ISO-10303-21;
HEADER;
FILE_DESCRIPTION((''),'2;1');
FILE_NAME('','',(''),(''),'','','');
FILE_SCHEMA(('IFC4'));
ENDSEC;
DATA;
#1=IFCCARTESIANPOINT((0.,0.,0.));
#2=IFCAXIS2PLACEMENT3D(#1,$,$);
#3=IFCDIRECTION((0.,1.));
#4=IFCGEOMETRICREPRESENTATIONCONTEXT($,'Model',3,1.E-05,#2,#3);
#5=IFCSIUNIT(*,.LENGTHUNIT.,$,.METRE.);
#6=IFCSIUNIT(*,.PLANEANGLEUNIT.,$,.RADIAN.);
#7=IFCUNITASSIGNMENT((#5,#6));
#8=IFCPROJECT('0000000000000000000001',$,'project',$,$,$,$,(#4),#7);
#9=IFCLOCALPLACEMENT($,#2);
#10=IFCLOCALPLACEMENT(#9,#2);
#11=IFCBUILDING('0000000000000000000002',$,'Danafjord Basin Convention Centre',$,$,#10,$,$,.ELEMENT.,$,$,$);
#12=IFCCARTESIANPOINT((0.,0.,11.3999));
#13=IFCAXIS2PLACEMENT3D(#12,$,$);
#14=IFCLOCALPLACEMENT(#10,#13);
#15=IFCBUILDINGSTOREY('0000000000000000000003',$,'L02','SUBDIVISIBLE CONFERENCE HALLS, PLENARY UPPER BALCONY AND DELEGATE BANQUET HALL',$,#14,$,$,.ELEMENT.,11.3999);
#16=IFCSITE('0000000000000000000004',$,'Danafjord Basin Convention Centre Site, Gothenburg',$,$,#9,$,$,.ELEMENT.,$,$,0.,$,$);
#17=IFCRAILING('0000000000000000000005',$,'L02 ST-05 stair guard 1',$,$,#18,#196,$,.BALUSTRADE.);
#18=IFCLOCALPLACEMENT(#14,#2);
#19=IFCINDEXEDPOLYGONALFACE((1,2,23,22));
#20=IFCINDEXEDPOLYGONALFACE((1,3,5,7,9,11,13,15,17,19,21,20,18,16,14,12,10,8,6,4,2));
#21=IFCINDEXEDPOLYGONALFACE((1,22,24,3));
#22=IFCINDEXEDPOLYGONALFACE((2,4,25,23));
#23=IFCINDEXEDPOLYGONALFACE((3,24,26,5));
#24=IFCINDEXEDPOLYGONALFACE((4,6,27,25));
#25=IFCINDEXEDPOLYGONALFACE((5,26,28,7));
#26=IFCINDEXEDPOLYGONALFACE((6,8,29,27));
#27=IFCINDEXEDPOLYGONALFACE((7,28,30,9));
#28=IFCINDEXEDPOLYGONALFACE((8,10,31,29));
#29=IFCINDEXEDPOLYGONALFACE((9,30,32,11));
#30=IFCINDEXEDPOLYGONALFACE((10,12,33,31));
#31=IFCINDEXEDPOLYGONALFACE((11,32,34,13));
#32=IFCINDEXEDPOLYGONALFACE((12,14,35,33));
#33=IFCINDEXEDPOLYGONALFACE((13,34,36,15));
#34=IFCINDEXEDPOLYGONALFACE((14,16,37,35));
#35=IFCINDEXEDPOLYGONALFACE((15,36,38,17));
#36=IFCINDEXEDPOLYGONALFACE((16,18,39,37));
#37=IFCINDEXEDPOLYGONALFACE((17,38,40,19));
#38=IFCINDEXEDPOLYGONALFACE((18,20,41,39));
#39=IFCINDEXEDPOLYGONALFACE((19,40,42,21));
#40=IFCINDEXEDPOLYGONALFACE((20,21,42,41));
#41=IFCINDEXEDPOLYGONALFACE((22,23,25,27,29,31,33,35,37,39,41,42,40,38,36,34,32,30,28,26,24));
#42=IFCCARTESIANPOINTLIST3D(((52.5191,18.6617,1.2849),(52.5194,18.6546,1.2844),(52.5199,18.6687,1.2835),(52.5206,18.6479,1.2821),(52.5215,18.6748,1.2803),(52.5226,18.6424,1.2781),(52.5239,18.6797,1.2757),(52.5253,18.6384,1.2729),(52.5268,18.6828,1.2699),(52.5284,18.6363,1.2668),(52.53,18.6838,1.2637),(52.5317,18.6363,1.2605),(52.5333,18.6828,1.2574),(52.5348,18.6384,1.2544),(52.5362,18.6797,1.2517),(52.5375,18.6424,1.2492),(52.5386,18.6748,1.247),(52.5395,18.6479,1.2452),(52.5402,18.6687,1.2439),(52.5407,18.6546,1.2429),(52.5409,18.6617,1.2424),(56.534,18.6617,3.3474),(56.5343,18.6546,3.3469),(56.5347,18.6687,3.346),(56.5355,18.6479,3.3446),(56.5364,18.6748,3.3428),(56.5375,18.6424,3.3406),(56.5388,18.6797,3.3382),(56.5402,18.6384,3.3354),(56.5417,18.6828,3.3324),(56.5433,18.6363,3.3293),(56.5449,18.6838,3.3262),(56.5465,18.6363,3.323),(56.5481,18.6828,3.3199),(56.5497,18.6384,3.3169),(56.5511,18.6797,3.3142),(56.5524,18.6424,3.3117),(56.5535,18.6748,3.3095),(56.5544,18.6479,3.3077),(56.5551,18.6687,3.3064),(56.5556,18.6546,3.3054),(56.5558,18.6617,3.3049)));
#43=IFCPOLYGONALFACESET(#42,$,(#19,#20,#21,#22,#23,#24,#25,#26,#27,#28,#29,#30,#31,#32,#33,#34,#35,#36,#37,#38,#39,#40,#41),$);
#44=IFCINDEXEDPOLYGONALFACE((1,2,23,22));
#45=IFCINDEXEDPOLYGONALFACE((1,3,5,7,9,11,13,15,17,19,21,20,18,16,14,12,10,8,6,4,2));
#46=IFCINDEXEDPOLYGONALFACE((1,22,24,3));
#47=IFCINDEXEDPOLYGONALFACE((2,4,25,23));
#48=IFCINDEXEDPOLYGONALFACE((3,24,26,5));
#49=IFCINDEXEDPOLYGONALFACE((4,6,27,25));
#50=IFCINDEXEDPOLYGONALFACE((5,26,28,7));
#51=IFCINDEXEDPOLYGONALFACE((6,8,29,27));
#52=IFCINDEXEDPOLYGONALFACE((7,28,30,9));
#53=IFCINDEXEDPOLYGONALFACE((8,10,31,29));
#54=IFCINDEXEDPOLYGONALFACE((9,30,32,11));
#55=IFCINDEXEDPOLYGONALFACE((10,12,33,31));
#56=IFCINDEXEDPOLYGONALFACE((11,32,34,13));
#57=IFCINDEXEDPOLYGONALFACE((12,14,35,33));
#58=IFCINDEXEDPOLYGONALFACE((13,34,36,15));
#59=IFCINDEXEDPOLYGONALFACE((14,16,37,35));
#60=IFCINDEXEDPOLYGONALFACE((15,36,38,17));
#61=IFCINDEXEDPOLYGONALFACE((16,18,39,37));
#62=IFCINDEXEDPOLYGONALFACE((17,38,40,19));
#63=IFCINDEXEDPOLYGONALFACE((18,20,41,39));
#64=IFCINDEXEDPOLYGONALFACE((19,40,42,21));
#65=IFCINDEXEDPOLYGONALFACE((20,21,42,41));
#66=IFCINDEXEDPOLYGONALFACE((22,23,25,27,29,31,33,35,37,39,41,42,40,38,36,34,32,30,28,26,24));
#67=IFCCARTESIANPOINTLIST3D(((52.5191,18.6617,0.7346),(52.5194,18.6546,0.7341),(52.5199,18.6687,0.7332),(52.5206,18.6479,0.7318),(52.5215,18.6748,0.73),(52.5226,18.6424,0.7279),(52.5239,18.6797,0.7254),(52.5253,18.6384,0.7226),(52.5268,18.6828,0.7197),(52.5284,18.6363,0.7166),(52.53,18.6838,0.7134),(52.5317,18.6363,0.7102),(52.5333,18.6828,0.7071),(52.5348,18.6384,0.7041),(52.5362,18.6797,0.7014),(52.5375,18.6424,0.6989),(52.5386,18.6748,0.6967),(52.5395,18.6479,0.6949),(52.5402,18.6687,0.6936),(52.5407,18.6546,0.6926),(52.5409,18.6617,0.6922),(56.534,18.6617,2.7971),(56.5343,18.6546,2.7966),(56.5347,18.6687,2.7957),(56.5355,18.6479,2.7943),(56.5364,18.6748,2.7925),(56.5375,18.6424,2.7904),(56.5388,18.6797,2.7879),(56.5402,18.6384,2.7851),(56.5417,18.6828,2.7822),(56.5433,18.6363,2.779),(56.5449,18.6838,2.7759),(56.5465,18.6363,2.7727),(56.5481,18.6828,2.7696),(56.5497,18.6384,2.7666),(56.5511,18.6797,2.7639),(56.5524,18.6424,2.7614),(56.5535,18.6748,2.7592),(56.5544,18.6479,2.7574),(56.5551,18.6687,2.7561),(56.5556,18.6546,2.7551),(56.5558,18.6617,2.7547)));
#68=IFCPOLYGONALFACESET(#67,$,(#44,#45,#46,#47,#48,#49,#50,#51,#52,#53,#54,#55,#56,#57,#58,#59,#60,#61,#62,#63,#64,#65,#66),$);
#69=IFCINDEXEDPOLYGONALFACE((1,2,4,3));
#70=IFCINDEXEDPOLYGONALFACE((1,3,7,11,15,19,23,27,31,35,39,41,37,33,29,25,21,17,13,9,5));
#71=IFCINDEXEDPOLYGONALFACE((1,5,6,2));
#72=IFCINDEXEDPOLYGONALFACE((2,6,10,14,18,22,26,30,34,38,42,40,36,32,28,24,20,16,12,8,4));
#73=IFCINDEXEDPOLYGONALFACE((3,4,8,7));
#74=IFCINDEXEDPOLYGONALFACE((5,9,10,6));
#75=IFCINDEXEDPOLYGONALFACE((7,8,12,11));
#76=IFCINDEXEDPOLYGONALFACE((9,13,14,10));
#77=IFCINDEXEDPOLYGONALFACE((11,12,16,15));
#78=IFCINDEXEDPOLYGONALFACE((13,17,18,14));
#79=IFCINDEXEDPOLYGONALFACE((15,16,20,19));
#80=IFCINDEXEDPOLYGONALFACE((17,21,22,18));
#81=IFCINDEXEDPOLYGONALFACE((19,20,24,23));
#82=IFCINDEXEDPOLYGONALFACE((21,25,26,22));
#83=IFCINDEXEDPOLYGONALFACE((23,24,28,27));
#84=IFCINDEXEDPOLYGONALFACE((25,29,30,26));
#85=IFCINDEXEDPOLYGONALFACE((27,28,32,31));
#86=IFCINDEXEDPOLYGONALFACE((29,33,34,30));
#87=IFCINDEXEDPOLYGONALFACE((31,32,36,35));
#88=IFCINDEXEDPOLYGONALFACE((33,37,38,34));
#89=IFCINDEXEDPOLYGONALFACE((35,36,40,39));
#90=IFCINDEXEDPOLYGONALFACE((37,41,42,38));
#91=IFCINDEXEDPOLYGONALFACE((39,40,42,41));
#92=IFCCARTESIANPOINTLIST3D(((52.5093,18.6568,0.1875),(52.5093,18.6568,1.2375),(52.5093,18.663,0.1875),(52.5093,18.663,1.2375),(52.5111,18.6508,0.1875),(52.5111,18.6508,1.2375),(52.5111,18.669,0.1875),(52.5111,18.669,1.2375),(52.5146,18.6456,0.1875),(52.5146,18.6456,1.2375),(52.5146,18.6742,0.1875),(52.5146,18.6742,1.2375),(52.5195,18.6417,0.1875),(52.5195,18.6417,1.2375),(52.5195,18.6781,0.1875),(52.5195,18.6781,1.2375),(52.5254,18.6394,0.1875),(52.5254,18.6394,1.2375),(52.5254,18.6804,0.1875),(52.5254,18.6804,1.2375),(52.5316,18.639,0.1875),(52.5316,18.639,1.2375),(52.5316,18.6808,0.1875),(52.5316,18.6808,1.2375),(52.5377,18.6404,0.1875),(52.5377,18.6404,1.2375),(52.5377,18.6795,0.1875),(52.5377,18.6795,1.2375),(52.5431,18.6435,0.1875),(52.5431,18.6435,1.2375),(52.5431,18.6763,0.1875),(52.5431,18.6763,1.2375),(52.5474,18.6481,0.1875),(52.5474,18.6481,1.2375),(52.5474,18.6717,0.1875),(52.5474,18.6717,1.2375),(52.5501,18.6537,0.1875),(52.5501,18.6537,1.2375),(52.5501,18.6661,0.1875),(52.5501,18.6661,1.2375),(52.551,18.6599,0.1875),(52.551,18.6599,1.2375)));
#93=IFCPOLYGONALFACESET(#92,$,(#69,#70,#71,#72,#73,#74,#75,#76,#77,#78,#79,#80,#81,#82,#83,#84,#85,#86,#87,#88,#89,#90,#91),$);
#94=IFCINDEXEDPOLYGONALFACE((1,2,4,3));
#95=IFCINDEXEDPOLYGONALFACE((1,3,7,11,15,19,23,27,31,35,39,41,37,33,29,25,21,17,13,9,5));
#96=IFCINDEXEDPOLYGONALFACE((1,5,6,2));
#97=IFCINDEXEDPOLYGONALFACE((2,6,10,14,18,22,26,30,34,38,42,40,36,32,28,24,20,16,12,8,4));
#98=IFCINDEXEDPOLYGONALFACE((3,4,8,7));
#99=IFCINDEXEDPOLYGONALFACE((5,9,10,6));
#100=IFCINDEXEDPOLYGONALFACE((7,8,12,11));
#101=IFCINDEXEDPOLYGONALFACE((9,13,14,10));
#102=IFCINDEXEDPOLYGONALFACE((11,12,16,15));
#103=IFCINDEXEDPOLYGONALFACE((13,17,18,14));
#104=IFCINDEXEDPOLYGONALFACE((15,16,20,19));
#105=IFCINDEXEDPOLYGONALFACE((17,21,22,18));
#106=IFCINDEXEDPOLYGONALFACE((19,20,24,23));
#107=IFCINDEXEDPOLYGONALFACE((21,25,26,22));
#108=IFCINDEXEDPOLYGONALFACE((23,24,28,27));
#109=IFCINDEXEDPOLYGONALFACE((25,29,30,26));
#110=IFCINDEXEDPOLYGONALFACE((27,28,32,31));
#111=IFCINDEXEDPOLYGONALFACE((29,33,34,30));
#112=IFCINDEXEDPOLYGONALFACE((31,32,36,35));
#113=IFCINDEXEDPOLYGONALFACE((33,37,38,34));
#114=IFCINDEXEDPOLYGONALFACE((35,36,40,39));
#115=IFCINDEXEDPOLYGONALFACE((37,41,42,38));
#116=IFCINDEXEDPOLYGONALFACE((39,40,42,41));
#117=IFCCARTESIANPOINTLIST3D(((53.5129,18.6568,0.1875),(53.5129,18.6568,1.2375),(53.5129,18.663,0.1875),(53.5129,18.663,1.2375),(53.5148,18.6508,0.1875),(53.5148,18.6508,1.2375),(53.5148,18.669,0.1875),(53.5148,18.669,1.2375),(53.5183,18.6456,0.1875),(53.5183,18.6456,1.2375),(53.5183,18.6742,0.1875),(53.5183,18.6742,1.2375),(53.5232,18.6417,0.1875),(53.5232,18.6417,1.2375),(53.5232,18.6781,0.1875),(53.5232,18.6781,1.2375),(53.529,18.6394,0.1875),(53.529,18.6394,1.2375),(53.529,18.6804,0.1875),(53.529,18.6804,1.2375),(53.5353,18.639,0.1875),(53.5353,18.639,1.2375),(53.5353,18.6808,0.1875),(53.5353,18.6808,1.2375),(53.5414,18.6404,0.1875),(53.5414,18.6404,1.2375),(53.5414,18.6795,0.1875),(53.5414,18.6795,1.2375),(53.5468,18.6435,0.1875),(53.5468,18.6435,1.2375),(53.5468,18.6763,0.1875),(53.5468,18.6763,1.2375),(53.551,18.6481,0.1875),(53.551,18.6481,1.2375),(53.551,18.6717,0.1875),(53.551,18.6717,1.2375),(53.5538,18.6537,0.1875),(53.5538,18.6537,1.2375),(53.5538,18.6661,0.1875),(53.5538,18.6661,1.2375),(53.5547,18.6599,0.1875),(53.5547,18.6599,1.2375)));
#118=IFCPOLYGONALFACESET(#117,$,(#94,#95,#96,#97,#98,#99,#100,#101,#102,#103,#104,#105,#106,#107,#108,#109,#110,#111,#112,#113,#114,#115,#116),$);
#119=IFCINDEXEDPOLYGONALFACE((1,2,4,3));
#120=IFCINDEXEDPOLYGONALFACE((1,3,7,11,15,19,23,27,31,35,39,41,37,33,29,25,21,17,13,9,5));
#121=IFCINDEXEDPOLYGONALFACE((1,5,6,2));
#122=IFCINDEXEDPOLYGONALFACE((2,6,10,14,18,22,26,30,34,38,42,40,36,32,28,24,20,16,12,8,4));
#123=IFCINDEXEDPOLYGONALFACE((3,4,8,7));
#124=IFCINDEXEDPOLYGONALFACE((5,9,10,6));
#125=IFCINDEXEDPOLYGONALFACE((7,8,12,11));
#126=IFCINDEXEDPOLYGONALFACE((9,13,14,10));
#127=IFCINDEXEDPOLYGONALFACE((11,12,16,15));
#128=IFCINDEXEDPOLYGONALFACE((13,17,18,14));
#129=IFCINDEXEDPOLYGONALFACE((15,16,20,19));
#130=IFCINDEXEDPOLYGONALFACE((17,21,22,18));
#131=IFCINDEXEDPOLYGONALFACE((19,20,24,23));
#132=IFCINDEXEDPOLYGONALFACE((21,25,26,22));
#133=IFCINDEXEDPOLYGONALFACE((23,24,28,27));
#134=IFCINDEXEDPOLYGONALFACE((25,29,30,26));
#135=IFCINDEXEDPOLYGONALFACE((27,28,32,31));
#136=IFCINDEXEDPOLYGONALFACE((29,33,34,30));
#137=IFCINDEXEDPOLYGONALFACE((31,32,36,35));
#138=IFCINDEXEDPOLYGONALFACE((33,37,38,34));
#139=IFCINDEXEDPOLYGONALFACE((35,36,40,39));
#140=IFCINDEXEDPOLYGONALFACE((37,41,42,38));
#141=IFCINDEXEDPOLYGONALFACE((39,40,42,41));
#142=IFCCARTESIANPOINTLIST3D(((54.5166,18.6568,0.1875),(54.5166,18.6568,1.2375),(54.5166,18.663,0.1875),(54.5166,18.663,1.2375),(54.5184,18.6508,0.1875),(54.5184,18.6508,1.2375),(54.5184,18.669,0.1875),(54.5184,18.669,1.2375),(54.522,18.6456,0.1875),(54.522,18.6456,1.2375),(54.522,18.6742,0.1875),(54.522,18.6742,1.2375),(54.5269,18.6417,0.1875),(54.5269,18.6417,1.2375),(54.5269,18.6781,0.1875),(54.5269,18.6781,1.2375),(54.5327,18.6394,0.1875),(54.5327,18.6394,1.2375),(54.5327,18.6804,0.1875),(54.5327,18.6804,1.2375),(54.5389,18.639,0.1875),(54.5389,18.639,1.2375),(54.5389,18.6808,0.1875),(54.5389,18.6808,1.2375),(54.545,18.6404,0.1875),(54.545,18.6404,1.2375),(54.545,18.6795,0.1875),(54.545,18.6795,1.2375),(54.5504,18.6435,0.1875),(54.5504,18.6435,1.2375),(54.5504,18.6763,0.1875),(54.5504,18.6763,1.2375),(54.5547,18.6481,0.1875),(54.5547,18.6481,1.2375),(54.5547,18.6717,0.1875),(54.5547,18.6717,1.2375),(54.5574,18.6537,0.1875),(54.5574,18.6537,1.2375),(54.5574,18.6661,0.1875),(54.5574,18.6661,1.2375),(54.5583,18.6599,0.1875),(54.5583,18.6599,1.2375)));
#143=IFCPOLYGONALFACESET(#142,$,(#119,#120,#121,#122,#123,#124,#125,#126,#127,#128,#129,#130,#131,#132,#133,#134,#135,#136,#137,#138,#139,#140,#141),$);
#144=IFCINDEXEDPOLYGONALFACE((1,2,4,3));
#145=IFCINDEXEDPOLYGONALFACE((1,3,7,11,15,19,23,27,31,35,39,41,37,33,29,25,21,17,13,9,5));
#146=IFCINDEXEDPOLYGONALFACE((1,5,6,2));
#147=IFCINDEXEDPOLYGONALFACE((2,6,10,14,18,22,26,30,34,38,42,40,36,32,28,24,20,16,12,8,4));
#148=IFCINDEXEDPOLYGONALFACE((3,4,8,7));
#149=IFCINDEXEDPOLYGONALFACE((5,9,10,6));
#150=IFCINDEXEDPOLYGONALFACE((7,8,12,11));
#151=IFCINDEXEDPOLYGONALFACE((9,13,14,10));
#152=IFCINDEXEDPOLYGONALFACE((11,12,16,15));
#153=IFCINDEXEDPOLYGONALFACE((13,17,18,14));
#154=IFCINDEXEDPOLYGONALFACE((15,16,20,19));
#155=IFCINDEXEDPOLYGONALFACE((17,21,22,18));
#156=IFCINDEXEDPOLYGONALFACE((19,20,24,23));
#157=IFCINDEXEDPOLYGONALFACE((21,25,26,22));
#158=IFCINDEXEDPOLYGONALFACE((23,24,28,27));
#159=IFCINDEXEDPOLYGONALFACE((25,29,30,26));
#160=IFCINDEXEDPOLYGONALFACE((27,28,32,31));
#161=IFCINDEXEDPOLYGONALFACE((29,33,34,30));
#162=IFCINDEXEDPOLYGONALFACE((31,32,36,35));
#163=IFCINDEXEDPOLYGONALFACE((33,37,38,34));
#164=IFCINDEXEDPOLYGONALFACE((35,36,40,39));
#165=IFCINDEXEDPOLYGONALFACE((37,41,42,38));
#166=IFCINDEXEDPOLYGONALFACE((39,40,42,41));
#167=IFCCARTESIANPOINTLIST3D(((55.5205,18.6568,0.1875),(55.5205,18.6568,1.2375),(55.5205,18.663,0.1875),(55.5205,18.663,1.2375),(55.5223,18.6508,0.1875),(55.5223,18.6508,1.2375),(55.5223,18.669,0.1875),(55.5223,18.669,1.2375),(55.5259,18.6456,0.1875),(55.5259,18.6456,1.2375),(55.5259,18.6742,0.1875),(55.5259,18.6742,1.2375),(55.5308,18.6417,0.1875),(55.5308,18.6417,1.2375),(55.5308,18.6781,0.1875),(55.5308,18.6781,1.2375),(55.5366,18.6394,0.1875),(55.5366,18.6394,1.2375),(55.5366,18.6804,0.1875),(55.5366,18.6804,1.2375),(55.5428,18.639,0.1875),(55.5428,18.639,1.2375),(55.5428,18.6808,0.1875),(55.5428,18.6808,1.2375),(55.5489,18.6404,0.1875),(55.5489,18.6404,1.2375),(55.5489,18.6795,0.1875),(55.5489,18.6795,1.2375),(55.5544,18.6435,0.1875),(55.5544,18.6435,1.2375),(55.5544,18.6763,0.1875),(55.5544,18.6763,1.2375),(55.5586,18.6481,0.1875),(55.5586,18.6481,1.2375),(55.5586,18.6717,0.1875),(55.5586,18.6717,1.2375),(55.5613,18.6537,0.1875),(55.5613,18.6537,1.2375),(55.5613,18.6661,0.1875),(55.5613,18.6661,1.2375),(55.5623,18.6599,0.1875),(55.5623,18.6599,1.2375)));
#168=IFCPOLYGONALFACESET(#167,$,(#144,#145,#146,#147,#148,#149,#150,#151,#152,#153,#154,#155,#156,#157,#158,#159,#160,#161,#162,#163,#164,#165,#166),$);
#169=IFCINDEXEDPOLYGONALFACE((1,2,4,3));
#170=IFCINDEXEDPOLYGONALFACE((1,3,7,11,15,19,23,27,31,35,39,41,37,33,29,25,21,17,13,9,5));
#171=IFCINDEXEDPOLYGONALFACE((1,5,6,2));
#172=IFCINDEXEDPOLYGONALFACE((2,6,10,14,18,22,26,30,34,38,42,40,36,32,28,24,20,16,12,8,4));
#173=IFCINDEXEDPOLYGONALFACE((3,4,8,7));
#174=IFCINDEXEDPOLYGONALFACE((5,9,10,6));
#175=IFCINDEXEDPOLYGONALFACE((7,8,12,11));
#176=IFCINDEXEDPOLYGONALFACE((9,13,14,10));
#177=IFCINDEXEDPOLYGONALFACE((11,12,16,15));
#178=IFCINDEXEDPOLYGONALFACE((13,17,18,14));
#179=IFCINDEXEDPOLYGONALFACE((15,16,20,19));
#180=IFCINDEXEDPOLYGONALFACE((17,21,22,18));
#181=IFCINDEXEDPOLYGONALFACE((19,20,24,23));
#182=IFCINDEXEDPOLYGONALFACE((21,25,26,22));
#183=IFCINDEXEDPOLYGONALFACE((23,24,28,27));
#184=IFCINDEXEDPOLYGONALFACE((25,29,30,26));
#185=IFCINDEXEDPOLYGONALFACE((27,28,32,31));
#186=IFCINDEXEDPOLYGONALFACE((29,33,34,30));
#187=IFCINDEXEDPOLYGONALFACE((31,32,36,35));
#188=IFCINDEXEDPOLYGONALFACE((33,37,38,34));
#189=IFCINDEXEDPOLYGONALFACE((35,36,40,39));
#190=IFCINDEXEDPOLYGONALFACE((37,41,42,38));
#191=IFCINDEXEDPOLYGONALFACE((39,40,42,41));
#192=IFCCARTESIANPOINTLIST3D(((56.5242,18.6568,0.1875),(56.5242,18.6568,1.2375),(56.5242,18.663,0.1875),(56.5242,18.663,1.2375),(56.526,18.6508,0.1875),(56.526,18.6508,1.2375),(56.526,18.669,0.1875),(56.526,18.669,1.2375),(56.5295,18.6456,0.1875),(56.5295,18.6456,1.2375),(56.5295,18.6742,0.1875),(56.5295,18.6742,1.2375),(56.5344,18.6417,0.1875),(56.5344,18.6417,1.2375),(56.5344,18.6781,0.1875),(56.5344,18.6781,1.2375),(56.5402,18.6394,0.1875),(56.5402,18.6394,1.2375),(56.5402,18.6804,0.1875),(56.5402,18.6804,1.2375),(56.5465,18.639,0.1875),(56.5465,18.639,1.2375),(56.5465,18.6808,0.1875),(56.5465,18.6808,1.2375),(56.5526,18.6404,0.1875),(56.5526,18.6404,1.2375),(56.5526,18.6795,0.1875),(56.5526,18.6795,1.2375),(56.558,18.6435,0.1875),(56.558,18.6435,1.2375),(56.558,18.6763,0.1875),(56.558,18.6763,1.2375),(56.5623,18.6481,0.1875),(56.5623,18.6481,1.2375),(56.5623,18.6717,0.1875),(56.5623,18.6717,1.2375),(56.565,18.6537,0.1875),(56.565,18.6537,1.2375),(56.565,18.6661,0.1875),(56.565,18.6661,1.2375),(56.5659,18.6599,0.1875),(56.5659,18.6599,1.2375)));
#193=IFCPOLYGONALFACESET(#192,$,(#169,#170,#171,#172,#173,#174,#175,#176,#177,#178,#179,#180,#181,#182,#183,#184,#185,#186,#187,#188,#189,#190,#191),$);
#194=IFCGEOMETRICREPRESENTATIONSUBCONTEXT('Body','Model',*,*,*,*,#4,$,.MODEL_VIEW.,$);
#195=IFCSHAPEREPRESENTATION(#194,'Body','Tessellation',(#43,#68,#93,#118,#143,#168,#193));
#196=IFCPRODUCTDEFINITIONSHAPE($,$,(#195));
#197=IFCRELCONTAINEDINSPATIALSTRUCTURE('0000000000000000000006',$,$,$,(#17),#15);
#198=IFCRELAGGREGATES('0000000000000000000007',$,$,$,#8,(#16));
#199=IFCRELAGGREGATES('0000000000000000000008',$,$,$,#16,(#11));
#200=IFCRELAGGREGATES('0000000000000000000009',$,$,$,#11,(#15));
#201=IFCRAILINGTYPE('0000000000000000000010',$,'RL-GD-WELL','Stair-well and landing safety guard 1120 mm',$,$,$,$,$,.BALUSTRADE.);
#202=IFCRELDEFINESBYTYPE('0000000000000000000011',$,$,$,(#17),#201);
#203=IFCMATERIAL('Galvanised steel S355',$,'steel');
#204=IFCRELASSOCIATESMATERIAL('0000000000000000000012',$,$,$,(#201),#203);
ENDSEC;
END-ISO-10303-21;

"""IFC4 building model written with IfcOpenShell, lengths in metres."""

from ifc_helpers import new_model, si_unit, direction, frame, origin, origin_2d, place, context, subcontext, project, spatial, circle, extrude, material, type_object, element, save


model = new_model("IFC4")

# Units and contexts
model_context = context("Model", 3, precision=1e-05, world=origin(), true_north=direction((0.0, 1.0)))
body_context = subcontext(model_context, "Body", "Model", "MODEL_VIEW")
ifc_project = project(units=[si_unit("LENGTHUNIT", "METRE"), si_unit("PLANEANGLEUNIT", "RADIAN")], contexts=[model_context])

# Site, building, storey
site_placement = place(None, origin())
site = spatial("IfcSite", under=ifc_project, at=site_placement, Name="Danafjord Basin Convention Centre Site, Gothenburg", CompositionType="ELEMENT", RefElevation=0.0)
building_placement = place(site_placement, origin())
building = spatial("IfcBuilding", under=site, at=building_placement, Name="Danafjord Basin Convention Centre", CompositionType="ELEMENT")
storey_placement = place(building_placement, frame((0.0, 0.0, 11.3999)))
storey = spatial("IfcBuildingStorey", under=building, at=storey_placement, Name="L02", Description="SUBDIVISIBLE CONFERENCE HALLS, PLENARY UPPER BALCONY AND DELEGATE BANQUET HALL", CompositionType="ELEMENT", Elevation=11.3999)

# Railing
ifc_material_1 = material(Name="Galvanised steel S355", Category="steel")
railing_type_1 = type_object("IfcRailingType", Name="RL-GD-WELL", Description="Stair-well and landing safety guard 1120 mm", PredefinedType="BALUSTRADE", material=ifc_material_1)
railing_1_placement = place(storey_placement, frame((52.53, 18.6599, 0.1875)))
element("IfcRailing", 1, at=railing_1_placement, inside=storey, type_object=railing_type_1, Name="L02 ST-05 stair guard 1", PredefinedType="BALUSTRADE", context=body_context, shape_type="SweptSolid", body=[
    extrude(circle(Radius=0.0239, at=origin_2d()), frame((0.0, 0.0, 1.0762), z_axis=(0.889495, 0.0, 0.456945), x_axis=(0.0, 1.0, 0.0)), (0.0, 0.0, 1.0), 4.5137),
    extrude(circle(Radius=0.0239, at=origin_2d()), frame((0.0, 0.0, 0.5259), z_axis=(0.889495, 0.0, 0.456945), x_axis=(0.0, 1.0, 0.0)), (0.0, 0.0, 1.0), 4.5137),
    extrude(circle(Radius=0.021, at=origin_2d()), origin(), (0.0, 0.0, 1.0), 1.05),
    extrude(circle(Radius=0.021, at=origin_2d()), frame((1.0037, 0.0, 0.0)), (0.0, 0.0, 1.0), 1.05),
    extrude(circle(Radius=0.021, at=origin_2d()), frame((2.0073, 0.0, 0.0)), (0.0, 0.0, 1.0), 1.05),
    extrude(circle(Radius=0.021, at=origin_2d()), frame((3.0112, 0.0, 0.0)), (0.0, 0.0, 1.0), 1.05),
    extrude(circle(Radius=0.021, at=origin_2d()), frame((4.0149, 0.0, 0.0)), (0.0, 0.0, 1.0), 1.05),
])

save(model, "model.ifc")
